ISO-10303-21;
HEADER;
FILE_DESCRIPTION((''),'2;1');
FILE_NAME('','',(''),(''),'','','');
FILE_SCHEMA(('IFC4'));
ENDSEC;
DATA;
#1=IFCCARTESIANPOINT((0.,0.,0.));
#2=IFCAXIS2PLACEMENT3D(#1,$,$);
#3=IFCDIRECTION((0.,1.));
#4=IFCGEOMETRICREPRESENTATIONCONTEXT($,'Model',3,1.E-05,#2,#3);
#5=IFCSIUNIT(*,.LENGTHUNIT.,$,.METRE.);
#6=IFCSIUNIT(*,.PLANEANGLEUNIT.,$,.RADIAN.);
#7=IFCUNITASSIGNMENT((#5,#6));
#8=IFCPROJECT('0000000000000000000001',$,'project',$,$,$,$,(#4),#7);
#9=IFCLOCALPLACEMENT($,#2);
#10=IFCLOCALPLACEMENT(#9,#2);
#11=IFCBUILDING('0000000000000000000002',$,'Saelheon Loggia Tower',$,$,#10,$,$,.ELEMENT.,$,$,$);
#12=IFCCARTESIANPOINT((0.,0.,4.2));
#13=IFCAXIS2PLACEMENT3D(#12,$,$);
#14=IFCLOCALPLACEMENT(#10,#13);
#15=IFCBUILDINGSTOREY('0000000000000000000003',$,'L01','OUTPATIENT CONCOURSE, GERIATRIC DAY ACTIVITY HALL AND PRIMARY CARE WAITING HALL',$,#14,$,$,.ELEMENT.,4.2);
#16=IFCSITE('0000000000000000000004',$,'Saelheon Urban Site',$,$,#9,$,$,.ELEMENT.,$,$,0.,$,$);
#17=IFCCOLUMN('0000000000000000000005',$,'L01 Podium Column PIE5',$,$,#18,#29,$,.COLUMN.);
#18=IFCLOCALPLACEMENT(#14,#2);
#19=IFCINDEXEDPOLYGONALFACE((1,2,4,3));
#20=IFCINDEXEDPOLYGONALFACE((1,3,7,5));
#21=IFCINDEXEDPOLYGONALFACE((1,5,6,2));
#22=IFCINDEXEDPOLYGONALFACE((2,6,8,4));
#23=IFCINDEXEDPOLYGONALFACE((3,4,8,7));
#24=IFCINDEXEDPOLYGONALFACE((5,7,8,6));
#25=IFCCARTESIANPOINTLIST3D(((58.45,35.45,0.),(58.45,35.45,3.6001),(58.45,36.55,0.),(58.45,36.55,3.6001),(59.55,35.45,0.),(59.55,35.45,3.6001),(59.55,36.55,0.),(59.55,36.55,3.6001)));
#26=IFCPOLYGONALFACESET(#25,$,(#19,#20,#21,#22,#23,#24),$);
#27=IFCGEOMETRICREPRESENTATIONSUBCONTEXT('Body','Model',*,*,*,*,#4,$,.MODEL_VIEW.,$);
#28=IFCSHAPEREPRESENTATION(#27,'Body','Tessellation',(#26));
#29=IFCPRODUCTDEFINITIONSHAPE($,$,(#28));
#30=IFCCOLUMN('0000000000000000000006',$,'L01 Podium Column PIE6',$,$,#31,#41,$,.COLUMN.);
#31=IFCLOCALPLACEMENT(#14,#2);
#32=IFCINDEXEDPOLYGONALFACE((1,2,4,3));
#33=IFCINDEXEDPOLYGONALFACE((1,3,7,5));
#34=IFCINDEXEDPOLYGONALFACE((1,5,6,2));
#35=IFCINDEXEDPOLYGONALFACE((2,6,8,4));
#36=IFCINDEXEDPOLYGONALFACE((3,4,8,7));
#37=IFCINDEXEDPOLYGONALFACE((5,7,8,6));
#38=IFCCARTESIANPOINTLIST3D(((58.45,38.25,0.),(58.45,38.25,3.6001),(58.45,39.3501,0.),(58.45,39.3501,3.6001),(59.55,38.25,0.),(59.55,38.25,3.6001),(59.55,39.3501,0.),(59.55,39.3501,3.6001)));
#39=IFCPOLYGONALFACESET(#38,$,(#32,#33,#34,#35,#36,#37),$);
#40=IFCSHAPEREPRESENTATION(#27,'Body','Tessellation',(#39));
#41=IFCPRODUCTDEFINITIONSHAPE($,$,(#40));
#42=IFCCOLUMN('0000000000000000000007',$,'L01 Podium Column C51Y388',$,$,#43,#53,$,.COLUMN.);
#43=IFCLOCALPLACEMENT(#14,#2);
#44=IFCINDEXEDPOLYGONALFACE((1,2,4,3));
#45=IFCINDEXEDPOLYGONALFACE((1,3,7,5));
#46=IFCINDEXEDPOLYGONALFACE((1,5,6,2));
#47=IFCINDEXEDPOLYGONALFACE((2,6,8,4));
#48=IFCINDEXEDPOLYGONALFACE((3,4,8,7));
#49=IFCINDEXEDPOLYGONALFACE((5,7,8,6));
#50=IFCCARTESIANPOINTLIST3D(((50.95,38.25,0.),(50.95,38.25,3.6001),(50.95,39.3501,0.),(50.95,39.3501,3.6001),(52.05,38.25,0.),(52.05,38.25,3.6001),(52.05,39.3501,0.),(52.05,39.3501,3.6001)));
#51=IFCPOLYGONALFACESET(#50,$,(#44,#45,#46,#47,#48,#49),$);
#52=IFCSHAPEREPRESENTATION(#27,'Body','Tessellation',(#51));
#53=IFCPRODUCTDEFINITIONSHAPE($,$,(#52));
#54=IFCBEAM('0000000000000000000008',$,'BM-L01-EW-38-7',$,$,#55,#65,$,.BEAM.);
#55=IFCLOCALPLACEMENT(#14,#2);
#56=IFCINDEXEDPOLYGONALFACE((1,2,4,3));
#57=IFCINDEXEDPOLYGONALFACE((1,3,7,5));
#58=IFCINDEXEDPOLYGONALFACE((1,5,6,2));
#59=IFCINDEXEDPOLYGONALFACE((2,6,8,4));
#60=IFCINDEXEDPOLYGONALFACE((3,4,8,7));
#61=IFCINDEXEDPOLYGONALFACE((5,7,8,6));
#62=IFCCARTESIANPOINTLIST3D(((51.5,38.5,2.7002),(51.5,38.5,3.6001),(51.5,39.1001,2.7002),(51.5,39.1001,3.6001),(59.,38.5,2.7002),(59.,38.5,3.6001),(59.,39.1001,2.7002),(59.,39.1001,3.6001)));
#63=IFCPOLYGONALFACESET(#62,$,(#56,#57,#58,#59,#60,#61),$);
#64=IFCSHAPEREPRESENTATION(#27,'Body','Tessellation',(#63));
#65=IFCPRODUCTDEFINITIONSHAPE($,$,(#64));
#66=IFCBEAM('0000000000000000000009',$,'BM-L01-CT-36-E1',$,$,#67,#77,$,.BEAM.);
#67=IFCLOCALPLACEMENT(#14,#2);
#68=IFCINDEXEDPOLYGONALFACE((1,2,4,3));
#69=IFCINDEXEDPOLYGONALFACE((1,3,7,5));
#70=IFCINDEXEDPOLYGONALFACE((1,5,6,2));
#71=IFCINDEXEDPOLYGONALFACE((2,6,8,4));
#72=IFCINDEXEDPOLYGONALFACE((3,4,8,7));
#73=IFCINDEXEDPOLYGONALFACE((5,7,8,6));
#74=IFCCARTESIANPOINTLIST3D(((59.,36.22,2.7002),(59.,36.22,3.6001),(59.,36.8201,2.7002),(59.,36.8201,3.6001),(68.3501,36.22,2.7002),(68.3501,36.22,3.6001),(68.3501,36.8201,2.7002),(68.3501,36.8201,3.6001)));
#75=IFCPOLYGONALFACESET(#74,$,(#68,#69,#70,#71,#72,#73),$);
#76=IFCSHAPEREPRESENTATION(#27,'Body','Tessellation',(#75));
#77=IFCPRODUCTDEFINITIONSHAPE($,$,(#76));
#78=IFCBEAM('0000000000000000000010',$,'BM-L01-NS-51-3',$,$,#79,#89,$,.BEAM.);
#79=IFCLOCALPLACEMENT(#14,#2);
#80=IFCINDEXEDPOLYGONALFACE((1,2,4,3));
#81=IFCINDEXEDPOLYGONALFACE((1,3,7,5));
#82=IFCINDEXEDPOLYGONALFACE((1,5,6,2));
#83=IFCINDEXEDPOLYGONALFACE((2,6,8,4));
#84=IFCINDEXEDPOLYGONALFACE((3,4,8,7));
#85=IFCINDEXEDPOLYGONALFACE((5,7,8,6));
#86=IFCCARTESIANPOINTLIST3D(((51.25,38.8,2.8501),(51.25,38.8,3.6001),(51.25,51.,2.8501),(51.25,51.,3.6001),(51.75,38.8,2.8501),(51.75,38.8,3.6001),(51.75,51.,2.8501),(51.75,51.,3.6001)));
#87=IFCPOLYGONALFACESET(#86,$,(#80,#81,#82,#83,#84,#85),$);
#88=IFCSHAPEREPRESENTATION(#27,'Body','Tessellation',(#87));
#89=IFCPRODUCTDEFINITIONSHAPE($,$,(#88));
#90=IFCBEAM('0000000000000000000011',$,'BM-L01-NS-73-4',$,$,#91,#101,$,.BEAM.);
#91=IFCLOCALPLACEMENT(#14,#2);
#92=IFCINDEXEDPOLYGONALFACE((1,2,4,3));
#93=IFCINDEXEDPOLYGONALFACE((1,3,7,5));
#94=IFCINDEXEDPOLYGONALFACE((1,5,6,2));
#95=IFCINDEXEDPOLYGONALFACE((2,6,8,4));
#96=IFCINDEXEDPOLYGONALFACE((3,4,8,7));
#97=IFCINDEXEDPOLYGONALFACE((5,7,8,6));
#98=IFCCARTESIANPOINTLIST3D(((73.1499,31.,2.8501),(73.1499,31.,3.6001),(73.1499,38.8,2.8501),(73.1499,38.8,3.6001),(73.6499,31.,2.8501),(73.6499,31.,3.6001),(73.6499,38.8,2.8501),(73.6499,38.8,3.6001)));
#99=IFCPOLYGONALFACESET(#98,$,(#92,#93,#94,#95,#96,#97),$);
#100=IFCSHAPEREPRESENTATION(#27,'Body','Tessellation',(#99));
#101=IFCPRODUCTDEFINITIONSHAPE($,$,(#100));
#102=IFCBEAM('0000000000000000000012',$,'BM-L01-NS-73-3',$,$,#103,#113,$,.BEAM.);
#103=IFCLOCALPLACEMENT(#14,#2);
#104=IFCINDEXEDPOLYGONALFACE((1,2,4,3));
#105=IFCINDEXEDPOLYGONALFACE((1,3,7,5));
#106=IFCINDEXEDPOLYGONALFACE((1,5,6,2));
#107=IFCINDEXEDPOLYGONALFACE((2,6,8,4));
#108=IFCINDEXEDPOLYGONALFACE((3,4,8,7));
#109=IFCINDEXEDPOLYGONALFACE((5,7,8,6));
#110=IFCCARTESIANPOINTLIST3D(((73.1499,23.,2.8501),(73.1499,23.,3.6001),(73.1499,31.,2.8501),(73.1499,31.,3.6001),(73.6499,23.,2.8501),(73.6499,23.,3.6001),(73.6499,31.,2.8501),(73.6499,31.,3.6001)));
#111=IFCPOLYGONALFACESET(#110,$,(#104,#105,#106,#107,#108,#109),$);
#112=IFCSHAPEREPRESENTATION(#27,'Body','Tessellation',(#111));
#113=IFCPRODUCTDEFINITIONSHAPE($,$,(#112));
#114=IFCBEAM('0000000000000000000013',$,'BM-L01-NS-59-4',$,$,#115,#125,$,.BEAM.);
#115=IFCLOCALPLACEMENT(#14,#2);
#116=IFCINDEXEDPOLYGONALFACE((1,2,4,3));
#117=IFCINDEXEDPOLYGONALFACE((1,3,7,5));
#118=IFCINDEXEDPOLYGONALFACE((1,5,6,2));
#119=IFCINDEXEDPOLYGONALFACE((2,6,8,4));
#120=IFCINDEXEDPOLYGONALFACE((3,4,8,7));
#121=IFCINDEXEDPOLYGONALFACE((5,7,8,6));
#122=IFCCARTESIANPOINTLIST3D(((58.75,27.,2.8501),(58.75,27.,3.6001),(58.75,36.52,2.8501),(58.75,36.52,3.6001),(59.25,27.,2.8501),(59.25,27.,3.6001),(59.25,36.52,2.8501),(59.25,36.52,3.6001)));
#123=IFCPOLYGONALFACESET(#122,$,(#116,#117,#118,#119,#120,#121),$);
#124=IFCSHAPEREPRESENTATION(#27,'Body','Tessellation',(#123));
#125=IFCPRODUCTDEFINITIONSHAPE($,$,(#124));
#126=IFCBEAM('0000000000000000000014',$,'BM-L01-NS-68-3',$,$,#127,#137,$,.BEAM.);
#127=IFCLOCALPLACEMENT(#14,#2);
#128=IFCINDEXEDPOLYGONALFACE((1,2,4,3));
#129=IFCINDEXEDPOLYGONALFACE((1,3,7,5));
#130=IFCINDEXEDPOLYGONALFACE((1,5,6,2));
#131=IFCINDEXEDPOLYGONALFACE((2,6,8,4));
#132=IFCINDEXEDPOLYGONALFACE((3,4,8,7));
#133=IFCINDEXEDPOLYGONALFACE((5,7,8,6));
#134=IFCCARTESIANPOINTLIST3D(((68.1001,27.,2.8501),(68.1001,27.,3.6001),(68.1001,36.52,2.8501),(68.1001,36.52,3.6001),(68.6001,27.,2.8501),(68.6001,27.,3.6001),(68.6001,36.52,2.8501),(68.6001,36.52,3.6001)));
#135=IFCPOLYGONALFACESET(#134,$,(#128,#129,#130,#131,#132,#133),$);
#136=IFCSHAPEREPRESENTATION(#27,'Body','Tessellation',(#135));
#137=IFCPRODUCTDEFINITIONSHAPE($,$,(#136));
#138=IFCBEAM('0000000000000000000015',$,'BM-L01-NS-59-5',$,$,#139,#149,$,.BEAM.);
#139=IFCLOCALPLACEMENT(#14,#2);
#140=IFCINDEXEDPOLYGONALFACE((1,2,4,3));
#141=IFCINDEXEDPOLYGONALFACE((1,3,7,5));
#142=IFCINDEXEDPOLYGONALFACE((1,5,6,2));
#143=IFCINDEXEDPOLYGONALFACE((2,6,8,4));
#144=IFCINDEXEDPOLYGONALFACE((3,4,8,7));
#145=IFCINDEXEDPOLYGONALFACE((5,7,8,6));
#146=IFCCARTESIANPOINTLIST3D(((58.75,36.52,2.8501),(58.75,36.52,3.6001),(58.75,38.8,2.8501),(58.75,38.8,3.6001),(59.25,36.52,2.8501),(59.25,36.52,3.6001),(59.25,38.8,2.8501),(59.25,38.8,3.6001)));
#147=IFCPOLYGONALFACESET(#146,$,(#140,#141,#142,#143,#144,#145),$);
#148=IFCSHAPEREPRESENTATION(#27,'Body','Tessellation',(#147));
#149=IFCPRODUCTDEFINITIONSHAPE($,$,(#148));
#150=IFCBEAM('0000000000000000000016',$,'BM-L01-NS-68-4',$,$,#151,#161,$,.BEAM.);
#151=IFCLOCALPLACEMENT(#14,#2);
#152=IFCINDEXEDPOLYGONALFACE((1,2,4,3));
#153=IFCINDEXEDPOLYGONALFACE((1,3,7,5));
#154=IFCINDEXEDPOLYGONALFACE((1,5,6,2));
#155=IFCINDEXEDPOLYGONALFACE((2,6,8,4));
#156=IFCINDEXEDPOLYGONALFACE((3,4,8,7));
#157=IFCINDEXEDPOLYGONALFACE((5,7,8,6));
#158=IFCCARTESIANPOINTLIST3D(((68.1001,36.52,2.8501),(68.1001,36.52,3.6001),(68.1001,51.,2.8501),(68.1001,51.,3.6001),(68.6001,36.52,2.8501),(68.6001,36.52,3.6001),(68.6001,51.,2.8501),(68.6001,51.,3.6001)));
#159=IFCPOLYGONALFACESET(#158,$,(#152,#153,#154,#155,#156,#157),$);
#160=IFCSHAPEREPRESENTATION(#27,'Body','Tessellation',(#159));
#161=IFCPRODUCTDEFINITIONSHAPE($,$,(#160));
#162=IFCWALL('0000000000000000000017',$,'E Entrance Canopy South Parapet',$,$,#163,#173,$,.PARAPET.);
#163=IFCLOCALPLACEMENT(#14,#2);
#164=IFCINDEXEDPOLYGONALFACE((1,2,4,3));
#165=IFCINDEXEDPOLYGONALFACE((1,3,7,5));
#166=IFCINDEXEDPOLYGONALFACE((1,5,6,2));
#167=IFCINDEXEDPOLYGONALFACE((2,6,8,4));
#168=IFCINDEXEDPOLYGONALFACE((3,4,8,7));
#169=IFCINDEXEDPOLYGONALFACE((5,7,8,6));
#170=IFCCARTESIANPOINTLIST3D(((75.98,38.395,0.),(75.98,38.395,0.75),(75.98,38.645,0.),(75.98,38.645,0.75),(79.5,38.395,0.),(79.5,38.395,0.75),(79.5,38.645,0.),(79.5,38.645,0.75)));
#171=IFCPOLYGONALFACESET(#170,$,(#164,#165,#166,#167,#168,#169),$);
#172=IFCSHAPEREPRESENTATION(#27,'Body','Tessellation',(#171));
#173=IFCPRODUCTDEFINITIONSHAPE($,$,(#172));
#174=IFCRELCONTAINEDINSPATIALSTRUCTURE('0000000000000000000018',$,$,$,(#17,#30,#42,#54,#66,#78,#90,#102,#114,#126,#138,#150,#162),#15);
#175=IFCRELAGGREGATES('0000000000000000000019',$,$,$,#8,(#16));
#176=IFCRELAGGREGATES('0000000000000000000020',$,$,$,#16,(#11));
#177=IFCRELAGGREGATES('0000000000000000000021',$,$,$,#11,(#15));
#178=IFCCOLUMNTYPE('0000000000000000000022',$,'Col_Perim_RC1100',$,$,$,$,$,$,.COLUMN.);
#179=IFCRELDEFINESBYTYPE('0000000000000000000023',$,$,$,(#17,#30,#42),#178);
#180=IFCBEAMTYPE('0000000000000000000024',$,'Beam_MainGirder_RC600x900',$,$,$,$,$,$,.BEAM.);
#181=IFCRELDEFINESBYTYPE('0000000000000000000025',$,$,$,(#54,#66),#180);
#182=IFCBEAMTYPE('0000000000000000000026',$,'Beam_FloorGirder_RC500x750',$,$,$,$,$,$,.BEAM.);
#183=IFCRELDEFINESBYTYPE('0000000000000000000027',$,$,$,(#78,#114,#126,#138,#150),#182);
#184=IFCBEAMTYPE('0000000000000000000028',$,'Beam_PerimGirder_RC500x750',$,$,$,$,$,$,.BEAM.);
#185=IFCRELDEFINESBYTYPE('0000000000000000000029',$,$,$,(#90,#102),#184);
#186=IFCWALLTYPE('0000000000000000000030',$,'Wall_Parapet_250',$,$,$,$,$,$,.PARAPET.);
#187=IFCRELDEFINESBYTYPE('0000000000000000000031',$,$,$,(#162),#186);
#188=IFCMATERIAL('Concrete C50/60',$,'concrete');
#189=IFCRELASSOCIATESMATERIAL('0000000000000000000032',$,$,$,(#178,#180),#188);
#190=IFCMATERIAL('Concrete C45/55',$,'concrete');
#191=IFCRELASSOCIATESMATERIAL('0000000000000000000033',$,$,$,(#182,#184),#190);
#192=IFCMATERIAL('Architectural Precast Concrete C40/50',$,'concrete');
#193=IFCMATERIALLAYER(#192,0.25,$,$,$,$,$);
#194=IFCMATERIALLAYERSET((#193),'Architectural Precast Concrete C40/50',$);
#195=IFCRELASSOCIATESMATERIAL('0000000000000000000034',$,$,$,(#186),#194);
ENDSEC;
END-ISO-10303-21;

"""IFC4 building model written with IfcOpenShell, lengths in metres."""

from ifc_helpers import new_model, si_unit, direction, frame, frame_2d, origin, origin_2d, place, context, subcontext, project, spatial, rectangle, extrude, source, transform, mapped, material, layer, layer_set, material_profile, profile_set, type_object, element, save


model = new_model("IFC4")

# Units and contexts
model_context = context("Model", 3, precision=1e-05, world=origin(), true_north=direction((0.0, 1.0)))
body_context = subcontext(model_context, "Body", "Model", "MODEL_VIEW")
ifc_project = project(units=[si_unit("LENGTHUNIT", "METRE"), si_unit("PLANEANGLEUNIT", "RADIAN")], contexts=[model_context])

# Site, building, storey
site_placement = place(None, origin())
site = spatial("IfcSite", under=ifc_project, at=site_placement, Name="Saelheon Urban Site", CompositionType="ELEMENT", RefElevation=0.0)
building_placement = place(site_placement, origin())
building = spatial("IfcBuilding", under=site, at=building_placement, Name="Saelheon Loggia Tower", CompositionType="ELEMENT")
storey_placement = place(building_placement, frame((0.0, 0.0, 4.2)))
storey = spatial("IfcBuildingStorey", under=building, at=storey_placement, Name="L01", Description="OUTPATIENT CONCOURSE, GERIATRIC DAY ACTIVITY HALL AND PRIMARY CARE WAITING HALL", CompositionType="ELEMENT", Elevation=4.2)

# Columns
ifc_material_1 = material(Name="Concrete C50/60", Category="concrete")
ifc_material_2 = material(Name="Concrete C45/55", Category="concrete")
ifc_material_profile_1 = material_profile(ifc_material_1, rectangle(XDim=1.1001, YDim=1.1001, at=origin_2d()), Name="RC-1100x1100")
ifc_profile_set_1 = profile_set([ifc_material_profile_1], Name="Concrete C50/60")
column_type_1 = type_object("IfcColumnType", Name="Col_Perim_RC1100", PredefinedType="COLUMN", material=ifc_profile_set_1)
shared_shape_1 = source(origin(), body_context, "Body", "SweptSolid", [
    extrude(rectangle(XDim=1.1001, YDim=1.1001, at=origin_2d()), origin(), (0.0, 0.0, 1.0), 3.6001),
])
for number, where, z_axis, x_axis, name in (
    (1, (59.0, 36.0, 0.0), (0.0, 0.0, 1.0), (1.0, 0.0, 0.0), "L01 Podium Column PIE5"),
    (2, (59.0, 38.8, 0.0), (0.0, 0.0, 1.0), (1.0, 0.0, 0.0), "L01 Podium Column PIE6"),
    (3, (51.5, 38.8, 0.0), (0.0, 0.0, 1.0), (1.0, 0.0, 0.0), "L01 Podium Column C51Y388"),
):
    element("IfcColumn", number, at=place(storey_placement, frame(where, z_axis=z_axis, x_axis=x_axis)), inside=storey, type_object=column_type_1, Name=name, PredefinedType="COLUMN", context=body_context, shape_type="MappedRepresentation", body=[
        mapped(shared_shape_1, transform((0.0, 0.0, 0.0), scale=1.0)),
    ])

# Beams
ifc_material_profile_2 = material_profile(ifc_material_1, rectangle(XDim=0.6001, YDim=0.8999, at=origin_2d()), Name="RC-600x900")
ifc_profile_set_2 = profile_set([ifc_material_profile_2], Name="Concrete C50/60")
beam_type_1 = type_object("IfcBeamType", Name="Beam_MainGirder_RC600x900", PredefinedType="BEAM", material=ifc_profile_set_2)
shared_shape_2 = source(origin(), body_context, "Body", "SweptSolid", [
    extrude(rectangle(XDim=0.6001, YDim=0.8999, at=origin_2d()), origin(), (0.0, 0.0, 1.0), 7.5),
])
beam_1_placement = place(storey_placement, frame((51.5, 38.8, 3.1501), z_axis=(1.0, 0.0, 0.0), x_axis=(0.0, 1.0, 0.0)))
element("IfcBeam", 4, at=beam_1_placement, inside=storey, type_object=beam_type_1, Name="BM-L01-EW-38-7", PredefinedType="BEAM", context=body_context, shape_type="MappedRepresentation", body=[
    mapped(shared_shape_2, transform((0.0, 0.0, 0.0), scale=1.0)),
])
shared_shape_3 = source(origin(), body_context, "Body", "SweptSolid", [
    extrude(rectangle(XDim=0.6001, YDim=0.8999, at=origin_2d()), origin(), (0.0, 0.0, 1.0), 9.3501),
])
beam_2_placement = place(storey_placement, frame((59.0, 36.52, 3.1501), z_axis=(1.0, 0.0, 0.0), x_axis=(0.0, 1.0, 0.0)))
element("IfcBeam", 5, at=beam_2_placement, inside=storey, type_object=beam_type_1, Name="BM-L01-CT-36-E1", PredefinedType="BEAM", context=body_context, shape_type="MappedRepresentation", body=[
    mapped(shared_shape_3, transform((0.0, 0.0, 0.0), scale=1.0)),
])
ifc_material_profile_3 = material_profile(ifc_material_2, rectangle(XDim=0.5, YDim=0.75, at=origin_2d()), Name="RC-500x750")
ifc_profile_set_3 = profile_set([ifc_material_profile_3], Name="Concrete C45/55")
beam_type_2 = type_object("IfcBeamType", Name="Beam_FloorGirder_RC500x750", PredefinedType="BEAM", material=ifc_profile_set_3)
shared_shape_4 = source(origin(), body_context, "Body", "SweptSolid", [
    extrude(rectangle(XDim=0.5, YDim=0.75, at=origin_2d()), origin(), (0.0, 0.0, 1.0), 12.2),
])
beam_3_placement = place(storey_placement, frame((51.5, 38.8, 3.2251), z_axis=(0.0, 1.0, 0.0), x_axis=(-1.0, 0.0, 0.0)))
element("IfcBeam", 6, at=beam_3_placement, inside=storey, type_object=beam_type_2, Name="BM-L01-NS-51-3", PredefinedType="BEAM", context=body_context, shape_type="MappedRepresentation", body=[
    mapped(shared_shape_4, transform((0.0, 0.0, 0.0), scale=1.0)),
])
ifc_material_profile_4 = material_profile(ifc_material_2, rectangle(XDim=0.5, YDim=0.75, at=origin_2d()), Name="RC-500x750")
ifc_profile_set_4 = profile_set([ifc_material_profile_4], Name="Concrete C45/55")
beam_type_3 = type_object("IfcBeamType", Name="Beam_PerimGirder_RC500x750", PredefinedType="BEAM", material=ifc_profile_set_4)
shared_shape_5 = source(origin(), body_context, "Body", "SweptSolid", [
    extrude(rectangle(XDim=0.5, YDim=0.75, at=origin_2d()), origin(), (0.0, 0.0, 1.0), 7.8),
])
beam_4_placement = place(storey_placement, frame((73.3999, 31.0, 3.2251), z_axis=(0.0, 1.0, 0.0), x_axis=(-1.0, 0.0, 0.0)))
element("IfcBeam", 7, at=beam_4_placement, inside=storey, type_object=beam_type_3, Name="BM-L01-NS-73-4", PredefinedType="BEAM", context=body_context, shape_type="MappedRepresentation", body=[
    mapped(shared_shape_5, transform((0.0, 0.0, 0.0), scale=1.0)),
])
shared_shape_6 = source(origin(), body_context, "Body", "SweptSolid", [
    extrude(rectangle(XDim=0.5, YDim=0.75, at=origin_2d()), origin(), (0.0, 0.0, 1.0), 8.0),
])
beam_5_placement = place(storey_placement, frame((73.3999, 23.0, 3.2251), z_axis=(0.0, 1.0, 0.0), x_axis=(-1.0, 0.0, 0.0)))
element("IfcBeam", 8, at=beam_5_placement, inside=storey, type_object=beam_type_3, Name="BM-L01-NS-73-3", PredefinedType="BEAM", context=body_context, shape_type="MappedRepresentation", body=[
    mapped(shared_shape_6, transform((0.0, 0.0, 0.0), scale=1.0)),
])
shared_shape_7 = source(origin(), body_context, "Body", "SweptSolid", [
    extrude(rectangle(XDim=0.5, YDim=0.75, at=origin_2d()), origin(), (0.0, 0.0, 1.0), 9.52),
])
for number, where, z_axis, x_axis, name in (
    (9, (59.0, 27.0, 3.2251), (0.0, 1.0, 0.0), (-1.0, 0.0, 0.0), "BM-L01-NS-59-4"),
    (10, (68.3501, 27.0, 3.2251), (0.0, 1.0, 0.0), (-1.0, 0.0, 0.0), "BM-L01-NS-68-3"),
):
    element("IfcBeam", number, at=place(storey_placement, frame(where, z_axis=z_axis, x_axis=x_axis)), inside=storey, type_object=beam_type_2, Name=name, PredefinedType="BEAM", context=body_context, shape_type="MappedRepresentation", body=[
        mapped(shared_shape_7, transform((0.0, 0.0, 0.0), scale=1.0)),
    ])
shared_shape_8 = source(origin(), body_context, "Body", "SweptSolid", [
    extrude(rectangle(XDim=0.5, YDim=0.75, at=origin_2d()), origin(), (0.0, 0.0, 1.0), 2.28),
])
beam_6_placement = place(storey_placement, frame((59.0, 36.52, 3.2251), z_axis=(0.0, 1.0, 0.0), x_axis=(-1.0, 0.0, 0.0)))
element("IfcBeam", 11, at=beam_6_placement, inside=storey, type_object=beam_type_2, Name="BM-L01-NS-59-5", PredefinedType="BEAM", context=body_context, shape_type="MappedRepresentation", body=[
    mapped(shared_shape_8, transform((0.0, 0.0, 0.0), scale=1.0)),
])
shared_shape_9 = source(origin(), body_context, "Body", "SweptSolid", [
    extrude(rectangle(XDim=0.5, YDim=0.75, at=origin_2d()), origin(), (0.0, 0.0, 1.0), 14.48),
])
beam_7_placement = place(storey_placement, frame((68.3501, 36.52, 3.2251), z_axis=(0.0, 1.0, 0.0), x_axis=(-1.0, 0.0, 0.0)))
element("IfcBeam", 12, at=beam_7_placement, inside=storey, type_object=beam_type_2, Name="BM-L01-NS-68-4", PredefinedType="BEAM", context=body_context, shape_type="MappedRepresentation", body=[
    mapped(shared_shape_9, transform((0.0, 0.0, 0.0), scale=1.0)),
])

# Wall
ifc_material_3 = material(Name="Architectural Precast Concrete C40/50", Category="concrete")
ifc_layer_1 = layer(ifc_material_3, 0.25)
ifc_layer_set_1 = layer_set([ifc_layer_1], Name="Architectural Precast Concrete C40/50")
wall_type_1 = type_object("IfcWallType", Name="Wall_Parapet_250", PredefinedType="PARAPET", material=ifc_layer_set_1)
wall_1_placement = place(storey_placement, frame((75.98, 38.52, 0.0), z_axis=(0.0, 0.0, 1.0), x_axis=(1.0, 0.0, 0.0)))
element("IfcWall", 13, at=wall_1_placement, inside=storey, type_object=wall_type_1, Name="E Entrance Canopy South Parapet", PredefinedType="PARAPET", context=body_context, shape_type="SweptSolid", body=[
    extrude(rectangle(XDim=3.52, YDim=0.25, at=frame_2d((1.76, 0.0))), origin(), (0.0, 0.0, 1.0), 0.75),
])

save(model, "model.ifc")
